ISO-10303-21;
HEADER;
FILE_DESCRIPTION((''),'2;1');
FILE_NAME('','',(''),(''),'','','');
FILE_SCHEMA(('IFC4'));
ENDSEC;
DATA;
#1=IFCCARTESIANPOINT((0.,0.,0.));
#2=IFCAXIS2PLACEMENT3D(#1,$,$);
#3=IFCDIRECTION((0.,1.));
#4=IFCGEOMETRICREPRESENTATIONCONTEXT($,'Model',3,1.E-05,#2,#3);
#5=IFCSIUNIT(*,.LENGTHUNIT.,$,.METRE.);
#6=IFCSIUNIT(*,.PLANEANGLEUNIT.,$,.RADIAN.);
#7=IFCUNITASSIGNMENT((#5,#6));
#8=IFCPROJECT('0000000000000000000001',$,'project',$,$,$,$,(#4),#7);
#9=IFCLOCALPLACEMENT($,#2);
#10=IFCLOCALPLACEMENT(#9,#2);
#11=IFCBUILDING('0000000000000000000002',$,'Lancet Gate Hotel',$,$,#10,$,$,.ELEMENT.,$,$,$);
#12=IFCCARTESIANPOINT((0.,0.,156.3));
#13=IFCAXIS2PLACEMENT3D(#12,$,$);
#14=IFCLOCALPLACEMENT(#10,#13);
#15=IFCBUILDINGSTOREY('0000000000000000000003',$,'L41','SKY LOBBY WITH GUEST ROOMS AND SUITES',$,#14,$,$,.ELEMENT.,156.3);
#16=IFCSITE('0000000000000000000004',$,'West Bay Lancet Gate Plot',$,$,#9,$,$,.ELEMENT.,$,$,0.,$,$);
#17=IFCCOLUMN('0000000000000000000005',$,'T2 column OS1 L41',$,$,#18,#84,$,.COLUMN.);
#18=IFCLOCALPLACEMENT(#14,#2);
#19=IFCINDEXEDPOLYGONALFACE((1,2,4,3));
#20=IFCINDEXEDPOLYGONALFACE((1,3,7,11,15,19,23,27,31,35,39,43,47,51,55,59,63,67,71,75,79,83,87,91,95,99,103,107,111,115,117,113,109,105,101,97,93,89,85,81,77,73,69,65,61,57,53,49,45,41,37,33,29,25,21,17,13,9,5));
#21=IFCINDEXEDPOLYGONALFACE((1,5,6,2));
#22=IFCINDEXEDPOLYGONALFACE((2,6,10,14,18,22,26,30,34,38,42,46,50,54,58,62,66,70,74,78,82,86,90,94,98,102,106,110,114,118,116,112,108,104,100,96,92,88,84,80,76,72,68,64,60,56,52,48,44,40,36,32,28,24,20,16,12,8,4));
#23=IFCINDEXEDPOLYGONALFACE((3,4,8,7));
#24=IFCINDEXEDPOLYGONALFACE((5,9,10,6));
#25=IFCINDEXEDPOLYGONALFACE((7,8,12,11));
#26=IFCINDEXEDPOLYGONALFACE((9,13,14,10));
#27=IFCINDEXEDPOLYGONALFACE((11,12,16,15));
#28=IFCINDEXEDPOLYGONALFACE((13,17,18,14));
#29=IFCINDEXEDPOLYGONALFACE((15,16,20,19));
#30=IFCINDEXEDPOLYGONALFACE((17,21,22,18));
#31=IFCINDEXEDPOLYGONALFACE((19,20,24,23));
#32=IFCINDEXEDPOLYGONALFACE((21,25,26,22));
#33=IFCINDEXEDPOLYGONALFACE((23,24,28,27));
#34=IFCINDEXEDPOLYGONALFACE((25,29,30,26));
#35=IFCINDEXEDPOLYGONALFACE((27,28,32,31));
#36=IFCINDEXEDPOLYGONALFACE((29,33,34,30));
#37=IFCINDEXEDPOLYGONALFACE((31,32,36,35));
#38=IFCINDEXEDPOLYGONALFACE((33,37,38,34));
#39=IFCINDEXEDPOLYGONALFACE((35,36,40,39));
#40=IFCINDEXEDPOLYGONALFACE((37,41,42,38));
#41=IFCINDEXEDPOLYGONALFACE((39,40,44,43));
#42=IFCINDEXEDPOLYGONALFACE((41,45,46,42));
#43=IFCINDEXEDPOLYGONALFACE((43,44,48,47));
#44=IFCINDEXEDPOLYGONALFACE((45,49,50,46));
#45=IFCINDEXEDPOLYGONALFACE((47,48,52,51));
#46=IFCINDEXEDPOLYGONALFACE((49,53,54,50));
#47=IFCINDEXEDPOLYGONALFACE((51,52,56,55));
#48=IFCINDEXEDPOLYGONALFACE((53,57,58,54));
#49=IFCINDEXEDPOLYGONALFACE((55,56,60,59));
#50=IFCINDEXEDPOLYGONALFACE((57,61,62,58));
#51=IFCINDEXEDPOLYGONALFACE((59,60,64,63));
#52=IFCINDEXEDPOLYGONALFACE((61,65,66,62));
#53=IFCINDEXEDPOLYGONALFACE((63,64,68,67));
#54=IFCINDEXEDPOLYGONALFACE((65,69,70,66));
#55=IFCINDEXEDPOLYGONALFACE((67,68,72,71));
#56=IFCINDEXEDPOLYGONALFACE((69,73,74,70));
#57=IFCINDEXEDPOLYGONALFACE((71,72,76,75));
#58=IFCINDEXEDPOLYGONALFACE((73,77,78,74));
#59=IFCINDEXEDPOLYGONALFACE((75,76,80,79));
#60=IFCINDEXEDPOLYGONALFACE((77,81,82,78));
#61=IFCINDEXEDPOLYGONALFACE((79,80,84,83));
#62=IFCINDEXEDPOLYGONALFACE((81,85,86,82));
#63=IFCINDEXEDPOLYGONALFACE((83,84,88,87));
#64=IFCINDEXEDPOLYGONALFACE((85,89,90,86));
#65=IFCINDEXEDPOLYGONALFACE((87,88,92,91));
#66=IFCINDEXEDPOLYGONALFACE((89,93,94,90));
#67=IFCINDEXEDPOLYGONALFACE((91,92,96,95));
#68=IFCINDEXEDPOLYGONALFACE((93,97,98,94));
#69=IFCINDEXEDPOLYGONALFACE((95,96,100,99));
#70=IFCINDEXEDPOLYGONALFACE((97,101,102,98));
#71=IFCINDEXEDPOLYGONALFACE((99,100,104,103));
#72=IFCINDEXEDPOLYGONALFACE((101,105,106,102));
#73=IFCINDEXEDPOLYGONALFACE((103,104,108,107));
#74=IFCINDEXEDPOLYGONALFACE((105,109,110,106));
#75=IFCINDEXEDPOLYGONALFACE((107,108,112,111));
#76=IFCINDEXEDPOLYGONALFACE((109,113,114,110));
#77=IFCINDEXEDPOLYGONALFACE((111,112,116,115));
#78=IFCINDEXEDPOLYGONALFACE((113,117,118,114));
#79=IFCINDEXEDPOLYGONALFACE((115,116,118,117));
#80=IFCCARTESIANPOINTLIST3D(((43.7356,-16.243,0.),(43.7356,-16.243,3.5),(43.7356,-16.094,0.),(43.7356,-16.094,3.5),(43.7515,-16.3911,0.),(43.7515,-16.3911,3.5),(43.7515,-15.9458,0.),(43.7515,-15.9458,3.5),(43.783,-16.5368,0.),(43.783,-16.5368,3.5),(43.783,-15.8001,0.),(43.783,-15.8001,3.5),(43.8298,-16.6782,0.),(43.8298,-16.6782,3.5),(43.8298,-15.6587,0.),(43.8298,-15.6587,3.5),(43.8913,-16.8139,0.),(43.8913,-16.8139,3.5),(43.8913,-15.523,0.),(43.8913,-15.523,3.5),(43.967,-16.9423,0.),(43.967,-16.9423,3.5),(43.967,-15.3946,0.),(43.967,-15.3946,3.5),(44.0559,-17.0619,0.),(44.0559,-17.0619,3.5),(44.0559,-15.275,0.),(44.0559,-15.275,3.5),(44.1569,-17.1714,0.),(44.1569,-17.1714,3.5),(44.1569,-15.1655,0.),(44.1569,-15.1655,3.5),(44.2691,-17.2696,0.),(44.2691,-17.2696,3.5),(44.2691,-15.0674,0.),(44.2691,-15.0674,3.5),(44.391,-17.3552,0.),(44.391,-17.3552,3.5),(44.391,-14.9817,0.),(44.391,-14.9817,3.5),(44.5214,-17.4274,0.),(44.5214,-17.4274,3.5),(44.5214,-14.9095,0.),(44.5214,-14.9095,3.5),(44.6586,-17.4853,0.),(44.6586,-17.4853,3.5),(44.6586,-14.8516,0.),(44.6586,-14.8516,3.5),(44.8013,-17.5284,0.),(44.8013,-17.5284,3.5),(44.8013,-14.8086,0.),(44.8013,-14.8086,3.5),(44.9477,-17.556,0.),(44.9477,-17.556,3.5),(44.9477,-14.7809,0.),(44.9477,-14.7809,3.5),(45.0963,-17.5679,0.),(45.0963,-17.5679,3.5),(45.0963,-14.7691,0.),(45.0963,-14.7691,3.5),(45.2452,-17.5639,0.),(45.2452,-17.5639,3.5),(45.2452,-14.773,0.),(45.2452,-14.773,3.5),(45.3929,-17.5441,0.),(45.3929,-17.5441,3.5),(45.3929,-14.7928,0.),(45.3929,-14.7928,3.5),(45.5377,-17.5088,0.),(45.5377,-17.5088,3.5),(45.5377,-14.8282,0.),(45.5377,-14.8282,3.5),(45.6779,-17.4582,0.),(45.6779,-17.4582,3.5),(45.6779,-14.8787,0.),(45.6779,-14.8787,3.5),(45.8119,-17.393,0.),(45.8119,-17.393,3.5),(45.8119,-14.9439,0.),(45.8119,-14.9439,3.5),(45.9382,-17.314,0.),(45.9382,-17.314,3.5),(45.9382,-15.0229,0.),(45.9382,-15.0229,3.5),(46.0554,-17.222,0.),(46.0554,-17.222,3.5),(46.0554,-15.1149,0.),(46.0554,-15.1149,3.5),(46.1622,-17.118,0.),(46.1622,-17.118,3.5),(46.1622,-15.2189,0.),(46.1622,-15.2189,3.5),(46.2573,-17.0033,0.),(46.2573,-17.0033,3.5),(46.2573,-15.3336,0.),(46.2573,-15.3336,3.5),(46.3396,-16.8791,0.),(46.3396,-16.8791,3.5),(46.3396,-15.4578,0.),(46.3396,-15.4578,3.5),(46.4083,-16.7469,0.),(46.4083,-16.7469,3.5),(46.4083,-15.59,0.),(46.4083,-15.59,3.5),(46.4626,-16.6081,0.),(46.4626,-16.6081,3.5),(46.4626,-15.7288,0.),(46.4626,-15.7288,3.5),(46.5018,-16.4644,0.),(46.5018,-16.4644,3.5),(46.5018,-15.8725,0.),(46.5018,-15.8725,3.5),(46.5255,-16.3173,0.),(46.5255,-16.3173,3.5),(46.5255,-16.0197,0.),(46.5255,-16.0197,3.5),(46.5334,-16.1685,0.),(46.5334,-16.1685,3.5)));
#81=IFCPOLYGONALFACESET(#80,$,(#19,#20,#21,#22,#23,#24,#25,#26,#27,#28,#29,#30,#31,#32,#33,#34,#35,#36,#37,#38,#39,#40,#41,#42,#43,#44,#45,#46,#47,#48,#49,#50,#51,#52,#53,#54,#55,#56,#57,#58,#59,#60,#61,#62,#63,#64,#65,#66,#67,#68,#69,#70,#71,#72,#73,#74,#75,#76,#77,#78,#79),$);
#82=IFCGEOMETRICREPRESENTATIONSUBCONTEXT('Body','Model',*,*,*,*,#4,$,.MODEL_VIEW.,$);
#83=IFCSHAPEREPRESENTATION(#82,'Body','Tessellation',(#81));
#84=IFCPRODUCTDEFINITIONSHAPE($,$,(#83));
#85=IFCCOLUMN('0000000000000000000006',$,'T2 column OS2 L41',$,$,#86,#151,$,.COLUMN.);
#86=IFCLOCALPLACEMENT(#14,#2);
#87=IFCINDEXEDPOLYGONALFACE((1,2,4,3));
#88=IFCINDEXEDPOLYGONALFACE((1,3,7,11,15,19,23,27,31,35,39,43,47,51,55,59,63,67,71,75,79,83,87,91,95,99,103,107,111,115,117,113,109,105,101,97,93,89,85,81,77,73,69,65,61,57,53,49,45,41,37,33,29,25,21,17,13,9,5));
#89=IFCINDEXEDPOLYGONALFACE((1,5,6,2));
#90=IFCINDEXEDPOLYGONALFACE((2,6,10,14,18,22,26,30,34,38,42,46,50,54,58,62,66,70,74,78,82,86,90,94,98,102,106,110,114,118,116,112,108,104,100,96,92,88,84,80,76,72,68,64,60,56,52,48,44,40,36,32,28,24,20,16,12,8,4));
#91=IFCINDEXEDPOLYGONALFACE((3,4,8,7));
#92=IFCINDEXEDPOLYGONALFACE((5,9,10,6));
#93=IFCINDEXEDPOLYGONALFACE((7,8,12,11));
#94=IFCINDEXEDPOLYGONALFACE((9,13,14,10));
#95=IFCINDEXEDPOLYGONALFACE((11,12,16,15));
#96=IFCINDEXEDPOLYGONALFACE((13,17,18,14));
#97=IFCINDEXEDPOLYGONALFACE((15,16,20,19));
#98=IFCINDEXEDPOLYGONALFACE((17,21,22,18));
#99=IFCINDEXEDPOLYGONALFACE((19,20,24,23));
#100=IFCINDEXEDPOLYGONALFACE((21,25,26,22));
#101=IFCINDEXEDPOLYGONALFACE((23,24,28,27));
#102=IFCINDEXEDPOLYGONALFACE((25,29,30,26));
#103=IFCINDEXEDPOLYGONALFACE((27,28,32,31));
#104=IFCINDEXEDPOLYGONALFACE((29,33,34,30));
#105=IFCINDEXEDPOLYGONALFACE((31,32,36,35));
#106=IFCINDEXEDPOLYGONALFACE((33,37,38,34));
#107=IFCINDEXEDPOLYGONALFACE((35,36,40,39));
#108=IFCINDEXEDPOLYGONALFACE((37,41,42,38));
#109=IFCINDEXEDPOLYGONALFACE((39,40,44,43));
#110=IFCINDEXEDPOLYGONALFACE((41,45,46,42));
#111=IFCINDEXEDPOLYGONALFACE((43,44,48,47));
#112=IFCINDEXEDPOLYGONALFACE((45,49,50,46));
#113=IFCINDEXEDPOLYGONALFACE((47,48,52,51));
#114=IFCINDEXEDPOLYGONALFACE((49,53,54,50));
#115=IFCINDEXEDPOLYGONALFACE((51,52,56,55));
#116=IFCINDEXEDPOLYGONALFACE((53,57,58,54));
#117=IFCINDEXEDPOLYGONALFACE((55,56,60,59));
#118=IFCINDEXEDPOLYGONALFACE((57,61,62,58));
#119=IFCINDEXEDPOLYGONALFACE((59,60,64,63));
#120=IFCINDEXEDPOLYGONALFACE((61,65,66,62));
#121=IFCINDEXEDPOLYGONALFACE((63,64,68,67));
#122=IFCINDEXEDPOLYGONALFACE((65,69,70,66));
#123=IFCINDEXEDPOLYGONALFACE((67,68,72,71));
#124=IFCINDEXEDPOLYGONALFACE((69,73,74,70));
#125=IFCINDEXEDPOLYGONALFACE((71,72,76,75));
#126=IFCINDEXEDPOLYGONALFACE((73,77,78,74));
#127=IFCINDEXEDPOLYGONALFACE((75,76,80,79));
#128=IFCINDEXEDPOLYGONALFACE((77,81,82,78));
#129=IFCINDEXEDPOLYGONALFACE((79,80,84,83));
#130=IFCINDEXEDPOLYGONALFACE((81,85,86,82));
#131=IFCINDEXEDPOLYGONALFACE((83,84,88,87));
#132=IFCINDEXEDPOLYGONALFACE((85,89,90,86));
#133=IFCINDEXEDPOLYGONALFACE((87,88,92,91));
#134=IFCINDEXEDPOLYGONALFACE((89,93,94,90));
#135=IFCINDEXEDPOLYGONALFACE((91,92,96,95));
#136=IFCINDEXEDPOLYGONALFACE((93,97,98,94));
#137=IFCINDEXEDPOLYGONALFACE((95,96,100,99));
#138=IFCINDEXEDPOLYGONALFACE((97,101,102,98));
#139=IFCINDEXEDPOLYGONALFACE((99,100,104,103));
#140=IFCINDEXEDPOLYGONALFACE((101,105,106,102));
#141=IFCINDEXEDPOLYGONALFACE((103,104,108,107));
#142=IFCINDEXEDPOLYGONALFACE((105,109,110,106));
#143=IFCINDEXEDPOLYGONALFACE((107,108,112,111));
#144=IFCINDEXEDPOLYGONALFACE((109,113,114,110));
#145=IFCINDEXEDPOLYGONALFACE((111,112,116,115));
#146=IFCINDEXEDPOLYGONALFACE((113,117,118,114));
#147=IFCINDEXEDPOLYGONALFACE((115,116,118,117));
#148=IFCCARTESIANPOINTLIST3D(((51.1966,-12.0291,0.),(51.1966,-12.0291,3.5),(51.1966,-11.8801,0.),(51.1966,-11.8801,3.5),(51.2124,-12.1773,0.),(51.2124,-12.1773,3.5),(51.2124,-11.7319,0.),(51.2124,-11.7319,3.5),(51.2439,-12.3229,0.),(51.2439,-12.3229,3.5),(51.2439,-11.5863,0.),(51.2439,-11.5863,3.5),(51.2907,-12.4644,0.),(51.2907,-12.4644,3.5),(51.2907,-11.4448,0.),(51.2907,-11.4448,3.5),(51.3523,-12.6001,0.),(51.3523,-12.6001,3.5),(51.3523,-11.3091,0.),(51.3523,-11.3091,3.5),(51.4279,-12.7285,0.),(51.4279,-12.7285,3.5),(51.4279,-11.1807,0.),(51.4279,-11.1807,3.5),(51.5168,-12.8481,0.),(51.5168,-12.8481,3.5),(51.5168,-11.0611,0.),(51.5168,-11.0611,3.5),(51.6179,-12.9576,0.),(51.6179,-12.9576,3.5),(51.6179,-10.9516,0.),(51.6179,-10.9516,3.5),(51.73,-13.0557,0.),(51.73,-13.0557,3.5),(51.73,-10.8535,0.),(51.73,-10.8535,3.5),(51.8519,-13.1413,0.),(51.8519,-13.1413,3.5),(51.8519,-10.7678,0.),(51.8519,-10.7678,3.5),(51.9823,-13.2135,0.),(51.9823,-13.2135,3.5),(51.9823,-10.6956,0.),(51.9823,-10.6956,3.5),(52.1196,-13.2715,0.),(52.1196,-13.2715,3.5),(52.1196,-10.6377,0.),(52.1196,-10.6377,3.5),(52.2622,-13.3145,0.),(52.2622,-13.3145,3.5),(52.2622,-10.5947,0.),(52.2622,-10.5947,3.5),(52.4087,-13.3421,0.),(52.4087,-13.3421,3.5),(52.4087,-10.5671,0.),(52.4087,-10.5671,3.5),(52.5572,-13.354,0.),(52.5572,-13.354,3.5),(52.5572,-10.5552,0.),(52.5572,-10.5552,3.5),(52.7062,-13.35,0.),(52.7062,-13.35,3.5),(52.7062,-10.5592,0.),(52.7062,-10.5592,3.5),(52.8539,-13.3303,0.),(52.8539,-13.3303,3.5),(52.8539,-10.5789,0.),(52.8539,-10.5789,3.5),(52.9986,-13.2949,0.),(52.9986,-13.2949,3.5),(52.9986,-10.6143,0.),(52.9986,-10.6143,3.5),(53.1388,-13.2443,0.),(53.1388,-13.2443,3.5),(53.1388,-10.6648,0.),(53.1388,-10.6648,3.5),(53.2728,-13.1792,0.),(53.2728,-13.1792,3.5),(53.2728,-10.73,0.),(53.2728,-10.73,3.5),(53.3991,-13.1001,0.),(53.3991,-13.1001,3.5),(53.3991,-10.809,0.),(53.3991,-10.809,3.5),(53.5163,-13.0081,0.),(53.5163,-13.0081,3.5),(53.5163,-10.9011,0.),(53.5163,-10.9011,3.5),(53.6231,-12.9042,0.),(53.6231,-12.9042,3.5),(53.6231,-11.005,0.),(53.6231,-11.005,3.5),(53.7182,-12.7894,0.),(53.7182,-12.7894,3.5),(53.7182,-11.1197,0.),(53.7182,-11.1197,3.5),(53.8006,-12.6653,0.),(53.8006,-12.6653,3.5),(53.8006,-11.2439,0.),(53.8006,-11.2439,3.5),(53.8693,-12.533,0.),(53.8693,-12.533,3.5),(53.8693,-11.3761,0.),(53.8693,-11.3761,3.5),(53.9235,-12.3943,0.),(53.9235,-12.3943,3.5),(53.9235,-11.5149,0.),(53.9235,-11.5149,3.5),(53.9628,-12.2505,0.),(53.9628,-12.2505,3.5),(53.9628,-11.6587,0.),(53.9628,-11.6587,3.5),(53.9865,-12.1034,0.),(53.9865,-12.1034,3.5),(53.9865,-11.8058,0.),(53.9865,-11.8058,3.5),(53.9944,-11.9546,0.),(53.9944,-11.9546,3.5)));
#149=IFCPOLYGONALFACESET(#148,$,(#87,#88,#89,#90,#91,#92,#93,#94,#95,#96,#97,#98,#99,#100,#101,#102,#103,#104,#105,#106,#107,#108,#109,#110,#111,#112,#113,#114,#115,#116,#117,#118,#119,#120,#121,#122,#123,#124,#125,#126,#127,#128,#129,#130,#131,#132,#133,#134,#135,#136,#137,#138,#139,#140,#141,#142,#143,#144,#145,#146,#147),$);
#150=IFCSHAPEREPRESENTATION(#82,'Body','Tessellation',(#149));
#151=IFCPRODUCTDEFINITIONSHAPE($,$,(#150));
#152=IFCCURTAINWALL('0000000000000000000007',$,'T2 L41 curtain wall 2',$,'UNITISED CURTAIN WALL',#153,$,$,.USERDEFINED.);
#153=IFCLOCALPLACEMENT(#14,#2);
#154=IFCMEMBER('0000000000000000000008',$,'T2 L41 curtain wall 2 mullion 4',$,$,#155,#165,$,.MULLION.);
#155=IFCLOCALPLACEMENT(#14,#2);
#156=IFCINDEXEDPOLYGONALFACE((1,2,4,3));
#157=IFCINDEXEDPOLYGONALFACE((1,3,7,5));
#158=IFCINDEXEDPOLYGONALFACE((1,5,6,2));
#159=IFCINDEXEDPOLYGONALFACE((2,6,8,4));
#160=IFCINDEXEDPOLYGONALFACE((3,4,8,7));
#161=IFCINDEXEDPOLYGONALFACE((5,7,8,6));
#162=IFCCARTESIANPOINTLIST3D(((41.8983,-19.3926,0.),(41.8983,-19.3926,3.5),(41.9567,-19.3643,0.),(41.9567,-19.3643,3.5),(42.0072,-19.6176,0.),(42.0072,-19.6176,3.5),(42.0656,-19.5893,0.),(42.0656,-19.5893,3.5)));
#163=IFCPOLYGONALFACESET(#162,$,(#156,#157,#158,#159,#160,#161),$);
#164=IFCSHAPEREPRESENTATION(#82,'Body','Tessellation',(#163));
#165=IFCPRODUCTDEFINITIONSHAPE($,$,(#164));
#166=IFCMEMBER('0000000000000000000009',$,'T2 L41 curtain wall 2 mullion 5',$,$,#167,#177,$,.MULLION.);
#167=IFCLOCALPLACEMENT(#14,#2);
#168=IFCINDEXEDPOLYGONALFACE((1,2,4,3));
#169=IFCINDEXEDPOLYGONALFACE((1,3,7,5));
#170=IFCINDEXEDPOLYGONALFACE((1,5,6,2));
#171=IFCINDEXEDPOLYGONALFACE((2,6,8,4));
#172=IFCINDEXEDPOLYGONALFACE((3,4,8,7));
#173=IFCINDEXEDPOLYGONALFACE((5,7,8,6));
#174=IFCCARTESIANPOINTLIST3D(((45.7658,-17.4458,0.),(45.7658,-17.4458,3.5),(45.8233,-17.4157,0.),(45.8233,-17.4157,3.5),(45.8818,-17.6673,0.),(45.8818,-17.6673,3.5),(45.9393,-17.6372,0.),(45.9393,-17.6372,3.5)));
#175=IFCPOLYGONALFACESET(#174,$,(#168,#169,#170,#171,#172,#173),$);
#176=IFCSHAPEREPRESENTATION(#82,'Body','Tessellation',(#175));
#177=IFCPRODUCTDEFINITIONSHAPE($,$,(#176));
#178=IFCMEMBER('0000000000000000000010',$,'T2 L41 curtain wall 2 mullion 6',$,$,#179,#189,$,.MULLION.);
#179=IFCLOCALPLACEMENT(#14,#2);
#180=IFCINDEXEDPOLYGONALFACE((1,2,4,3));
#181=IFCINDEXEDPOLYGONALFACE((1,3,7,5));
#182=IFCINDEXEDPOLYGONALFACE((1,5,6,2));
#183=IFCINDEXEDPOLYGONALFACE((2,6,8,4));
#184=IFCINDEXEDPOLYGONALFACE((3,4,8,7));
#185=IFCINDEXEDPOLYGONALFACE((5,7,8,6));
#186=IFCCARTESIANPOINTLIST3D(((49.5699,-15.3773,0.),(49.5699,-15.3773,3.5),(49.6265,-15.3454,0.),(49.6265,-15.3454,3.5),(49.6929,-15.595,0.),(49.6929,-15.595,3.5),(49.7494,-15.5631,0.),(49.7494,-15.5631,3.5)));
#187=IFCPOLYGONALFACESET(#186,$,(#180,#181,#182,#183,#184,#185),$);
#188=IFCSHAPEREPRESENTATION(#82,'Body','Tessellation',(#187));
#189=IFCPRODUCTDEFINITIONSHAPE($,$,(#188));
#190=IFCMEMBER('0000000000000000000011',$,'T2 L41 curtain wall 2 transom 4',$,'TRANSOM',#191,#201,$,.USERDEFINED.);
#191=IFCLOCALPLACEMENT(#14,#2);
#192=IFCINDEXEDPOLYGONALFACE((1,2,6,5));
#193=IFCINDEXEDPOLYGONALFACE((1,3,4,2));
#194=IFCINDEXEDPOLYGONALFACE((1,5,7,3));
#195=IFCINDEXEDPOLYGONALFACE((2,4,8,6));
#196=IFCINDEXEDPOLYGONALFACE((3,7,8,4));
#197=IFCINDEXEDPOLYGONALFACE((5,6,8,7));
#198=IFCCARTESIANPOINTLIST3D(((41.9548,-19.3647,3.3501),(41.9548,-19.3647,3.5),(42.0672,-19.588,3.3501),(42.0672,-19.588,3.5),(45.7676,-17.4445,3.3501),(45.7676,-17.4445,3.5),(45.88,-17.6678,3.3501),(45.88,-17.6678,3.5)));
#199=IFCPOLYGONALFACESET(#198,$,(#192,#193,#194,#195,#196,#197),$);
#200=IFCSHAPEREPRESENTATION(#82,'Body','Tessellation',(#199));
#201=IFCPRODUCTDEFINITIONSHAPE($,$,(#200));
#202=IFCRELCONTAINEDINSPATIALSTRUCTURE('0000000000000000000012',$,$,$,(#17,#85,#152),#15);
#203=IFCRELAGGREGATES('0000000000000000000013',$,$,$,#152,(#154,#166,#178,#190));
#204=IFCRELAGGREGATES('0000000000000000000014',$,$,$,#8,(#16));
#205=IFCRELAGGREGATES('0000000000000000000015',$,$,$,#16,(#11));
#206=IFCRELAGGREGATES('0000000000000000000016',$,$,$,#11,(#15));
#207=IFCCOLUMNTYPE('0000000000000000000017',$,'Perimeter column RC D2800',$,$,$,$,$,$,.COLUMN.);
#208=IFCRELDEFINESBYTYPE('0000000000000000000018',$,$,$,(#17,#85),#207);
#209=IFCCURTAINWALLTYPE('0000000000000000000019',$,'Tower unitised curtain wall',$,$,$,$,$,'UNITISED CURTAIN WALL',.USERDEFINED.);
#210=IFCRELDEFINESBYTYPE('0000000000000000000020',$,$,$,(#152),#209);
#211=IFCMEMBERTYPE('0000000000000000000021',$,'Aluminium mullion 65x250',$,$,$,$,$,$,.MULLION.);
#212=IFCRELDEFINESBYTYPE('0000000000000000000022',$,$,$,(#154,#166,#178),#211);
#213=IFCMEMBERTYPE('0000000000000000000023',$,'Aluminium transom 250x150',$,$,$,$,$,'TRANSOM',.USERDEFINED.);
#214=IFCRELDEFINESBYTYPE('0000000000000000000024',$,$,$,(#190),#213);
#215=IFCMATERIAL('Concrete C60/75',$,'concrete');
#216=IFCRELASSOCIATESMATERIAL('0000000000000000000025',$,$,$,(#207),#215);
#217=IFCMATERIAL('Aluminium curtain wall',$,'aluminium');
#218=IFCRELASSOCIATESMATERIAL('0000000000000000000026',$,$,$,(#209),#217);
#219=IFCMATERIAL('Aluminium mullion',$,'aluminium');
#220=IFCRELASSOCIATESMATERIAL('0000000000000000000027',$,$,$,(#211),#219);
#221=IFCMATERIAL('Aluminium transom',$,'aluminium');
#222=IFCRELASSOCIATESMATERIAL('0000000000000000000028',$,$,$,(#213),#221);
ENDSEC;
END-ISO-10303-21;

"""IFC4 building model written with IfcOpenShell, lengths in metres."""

from ifc_helpers import new_model, si_unit, direction, frame, origin, origin_2d, place, context, subcontext, project, spatial, rectangle, circle, extrude, material, material_profile, profile_set, type_object, element, aggregate, save


model = new_model("IFC4")

# Units and contexts
model_context = context("Model", 3, precision=1e-05, world=origin(), true_north=direction((0.0, 1.0)))
body_context = subcontext(model_context, "Body", "Model", "MODEL_VIEW")
ifc_project = project(units=[si_unit("LENGTHUNIT", "METRE"), si_unit("PLANEANGLEUNIT", "RADIAN")], contexts=[model_context])

# Site, building, storey
site_placement = place(None, origin())
site = spatial("IfcSite", under=ifc_project, at=site_placement, Name="West Bay Lancet Gate Plot", CompositionType="ELEMENT", RefElevation=0.0)
building_placement = place(site_placement, origin())
building = spatial("IfcBuilding", under=site, at=building_placement, Name="Lancet Gate Hotel", CompositionType="ELEMENT")
storey_placement = place(building_placement, frame((0.0, 0.0, 156.3)))
storey = spatial("IfcBuildingStorey", under=building, at=storey_placement, Name="L41", Description="SKY LOBBY WITH GUEST ROOMS AND SUITES", CompositionType="ELEMENT", Elevation=156.3)

# Columns
ifc_material_1 = material(Name="Concrete C60/75", Category="concrete")
ifc_material_profile_1 = material_profile(ifc_material_1, circle(Radius=1.3999, at=origin_2d()), Name="RC D2800")
ifc_profile_set_1 = profile_set([ifc_material_profile_1], Name="Concrete C60/75")
column_type = type_object("IfcColumnType", Name="Perimeter column RC D2800", PredefinedType="COLUMN", material=ifc_profile_set_1)
for number, where, z_axis, x_axis, name in (
    (1, (45.1335, -16.1685, 0.0), (0.0, 0.0, 1.0), (1.0, 0.0, 0.0), "T2 column OS1 L41"),
    (2, (52.5945, -11.9546, 0.0), (0.0, 0.0, 1.0), (1.0, 0.0, 0.0), "T2 column OS2 L41"),
):
    element("IfcColumn", number, at=place(storey_placement, frame(where, z_axis=z_axis, x_axis=x_axis)), inside=storey, type_object=column_type, Name=name, PredefinedType="COLUMN", context=body_context, shape_type="SweptSolid", body=[
        extrude(circle(Radius=1.3999, at=origin_2d()), origin(), (0.0, 0.0, 1.0), 3.5),
    ])

# Curtain wall, members
ifc_material_2 = material(Name="Aluminium curtain wall", Category="aluminium")
curtain_wall_type = type_object("IfcCurtainWallType", Name="Tower unitised curtain wall", ElementType="UNITISED CURTAIN WALL", PredefinedType="USERDEFINED", material=ifc_material_2)
curtain_wall_placement = place(storey_placement, origin())
curtain_wall = element("IfcCurtainWall", 3, at=curtain_wall_placement, inside=storey, type_object=curtain_wall_type, Name="T2 L41 curtain wall 2", ObjectType="UNITISED CURTAIN WALL", PredefinedType="USERDEFINED")
ifc_material_3 = material(Name="Aluminium mullion", Category="aluminium")
ifc_material_profile_2 = material_profile(ifc_material_3, rectangle(XDim=0.0649, YDim=0.25, at=origin_2d()), Name="MULLION 65x250")
ifc_profile_set_2 = profile_set([ifc_material_profile_2], Name="Aluminium mullion")
member_type_1 = type_object("IfcMemberType", Name="Aluminium mullion 65x250", PredefinedType="MULLION", material=ifc_profile_set_2)
member_1_placement = place(storey_placement, frame((41.9819, -19.491, 0.0), z_axis=(0.0, 0.0, 1.0), x_axis=(0.900141, 0.435598, 0.0)))
member_1 = element("IfcMember", 4, at=member_1_placement, type_object=member_type_1, Name="T2 L41 curtain wall 2 mullion 4", PredefinedType="MULLION", context=body_context, shape_type="SweptSolid", body=[
    extrude(rectangle(XDim=0.0649, YDim=0.25, at=origin_2d()), origin(), (0.0, 0.0, 1.0), 3.5),
])
member_2_placement = place(storey_placement, frame((45.8525, -17.5415, 0.0), z_axis=(0.0, 0.0, 1.0), x_axis=(0.885877, 0.46392, 0.0)))
member_2 = element("IfcMember", 5, at=member_2_placement, type_object=member_type_1, Name="T2 L41 curtain wall 2 mullion 5", PredefinedType="MULLION", context=body_context, shape_type="SweptSolid", body=[
    extrude(rectangle(XDim=0.0649, YDim=0.25, at=origin_2d()), origin(), (0.0, 0.0, 1.0), 3.5),
])
member_3_placement = place(storey_placement, frame((49.6597, -15.4702, 0.0), z_axis=(0.0, 0.0, 1.0), x_axis=(0.870722, 0.491776, 0.0)))
member_3 = element("IfcMember", 6, at=member_3_placement, type_object=member_type_1, Name="T2 L41 curtain wall 2 mullion 6", PredefinedType="MULLION", context=body_context, shape_type="SweptSolid", body=[
    extrude(rectangle(XDim=0.0649, YDim=0.25, at=origin_2d()), origin(), (0.0, 0.0, 1.0), 3.5),
])
ifc_material_4 = material(Name="Aluminium transom", Category="aluminium")
ifc_material_profile_3 = material_profile(ifc_material_4, rectangle(XDim=0.25, YDim=0.1499, at=origin_2d()), Name="TRANSOM 250x150")
ifc_profile_set_3 = profile_set([ifc_material_profile_3], Name="Aluminium transom")
member_type_2 = type_object("IfcMemberType", Name="Aluminium transom 250x150", ElementType="TRANSOM", PredefinedType="USERDEFINED", material=ifc_profile_set_3)
member_4_placement = place(storey_placement, frame((42.011, -19.4763, 3.425), z_axis=(0.893131, 0.449797, 0.0), x_axis=(-0.449797, 0.893131, 0.0)))
member_4 = element("IfcMember", 7, at=member_4_placement, type_object=member_type_2, Name="T2 L41 curtain wall 2 transom 4", ObjectType="TRANSOM", PredefinedType="USERDEFINED", context=body_context, shape_type="SweptSolid", body=[
    extrude(rectangle(XDim=0.25, YDim=0.1499, at=origin_2d()), origin(), (0.0, 0.0, 1.0), 4.269),
])

aggregate(curtain_wall, [member_1, member_2, member_3, member_4])

save(model, "model.ifc")
